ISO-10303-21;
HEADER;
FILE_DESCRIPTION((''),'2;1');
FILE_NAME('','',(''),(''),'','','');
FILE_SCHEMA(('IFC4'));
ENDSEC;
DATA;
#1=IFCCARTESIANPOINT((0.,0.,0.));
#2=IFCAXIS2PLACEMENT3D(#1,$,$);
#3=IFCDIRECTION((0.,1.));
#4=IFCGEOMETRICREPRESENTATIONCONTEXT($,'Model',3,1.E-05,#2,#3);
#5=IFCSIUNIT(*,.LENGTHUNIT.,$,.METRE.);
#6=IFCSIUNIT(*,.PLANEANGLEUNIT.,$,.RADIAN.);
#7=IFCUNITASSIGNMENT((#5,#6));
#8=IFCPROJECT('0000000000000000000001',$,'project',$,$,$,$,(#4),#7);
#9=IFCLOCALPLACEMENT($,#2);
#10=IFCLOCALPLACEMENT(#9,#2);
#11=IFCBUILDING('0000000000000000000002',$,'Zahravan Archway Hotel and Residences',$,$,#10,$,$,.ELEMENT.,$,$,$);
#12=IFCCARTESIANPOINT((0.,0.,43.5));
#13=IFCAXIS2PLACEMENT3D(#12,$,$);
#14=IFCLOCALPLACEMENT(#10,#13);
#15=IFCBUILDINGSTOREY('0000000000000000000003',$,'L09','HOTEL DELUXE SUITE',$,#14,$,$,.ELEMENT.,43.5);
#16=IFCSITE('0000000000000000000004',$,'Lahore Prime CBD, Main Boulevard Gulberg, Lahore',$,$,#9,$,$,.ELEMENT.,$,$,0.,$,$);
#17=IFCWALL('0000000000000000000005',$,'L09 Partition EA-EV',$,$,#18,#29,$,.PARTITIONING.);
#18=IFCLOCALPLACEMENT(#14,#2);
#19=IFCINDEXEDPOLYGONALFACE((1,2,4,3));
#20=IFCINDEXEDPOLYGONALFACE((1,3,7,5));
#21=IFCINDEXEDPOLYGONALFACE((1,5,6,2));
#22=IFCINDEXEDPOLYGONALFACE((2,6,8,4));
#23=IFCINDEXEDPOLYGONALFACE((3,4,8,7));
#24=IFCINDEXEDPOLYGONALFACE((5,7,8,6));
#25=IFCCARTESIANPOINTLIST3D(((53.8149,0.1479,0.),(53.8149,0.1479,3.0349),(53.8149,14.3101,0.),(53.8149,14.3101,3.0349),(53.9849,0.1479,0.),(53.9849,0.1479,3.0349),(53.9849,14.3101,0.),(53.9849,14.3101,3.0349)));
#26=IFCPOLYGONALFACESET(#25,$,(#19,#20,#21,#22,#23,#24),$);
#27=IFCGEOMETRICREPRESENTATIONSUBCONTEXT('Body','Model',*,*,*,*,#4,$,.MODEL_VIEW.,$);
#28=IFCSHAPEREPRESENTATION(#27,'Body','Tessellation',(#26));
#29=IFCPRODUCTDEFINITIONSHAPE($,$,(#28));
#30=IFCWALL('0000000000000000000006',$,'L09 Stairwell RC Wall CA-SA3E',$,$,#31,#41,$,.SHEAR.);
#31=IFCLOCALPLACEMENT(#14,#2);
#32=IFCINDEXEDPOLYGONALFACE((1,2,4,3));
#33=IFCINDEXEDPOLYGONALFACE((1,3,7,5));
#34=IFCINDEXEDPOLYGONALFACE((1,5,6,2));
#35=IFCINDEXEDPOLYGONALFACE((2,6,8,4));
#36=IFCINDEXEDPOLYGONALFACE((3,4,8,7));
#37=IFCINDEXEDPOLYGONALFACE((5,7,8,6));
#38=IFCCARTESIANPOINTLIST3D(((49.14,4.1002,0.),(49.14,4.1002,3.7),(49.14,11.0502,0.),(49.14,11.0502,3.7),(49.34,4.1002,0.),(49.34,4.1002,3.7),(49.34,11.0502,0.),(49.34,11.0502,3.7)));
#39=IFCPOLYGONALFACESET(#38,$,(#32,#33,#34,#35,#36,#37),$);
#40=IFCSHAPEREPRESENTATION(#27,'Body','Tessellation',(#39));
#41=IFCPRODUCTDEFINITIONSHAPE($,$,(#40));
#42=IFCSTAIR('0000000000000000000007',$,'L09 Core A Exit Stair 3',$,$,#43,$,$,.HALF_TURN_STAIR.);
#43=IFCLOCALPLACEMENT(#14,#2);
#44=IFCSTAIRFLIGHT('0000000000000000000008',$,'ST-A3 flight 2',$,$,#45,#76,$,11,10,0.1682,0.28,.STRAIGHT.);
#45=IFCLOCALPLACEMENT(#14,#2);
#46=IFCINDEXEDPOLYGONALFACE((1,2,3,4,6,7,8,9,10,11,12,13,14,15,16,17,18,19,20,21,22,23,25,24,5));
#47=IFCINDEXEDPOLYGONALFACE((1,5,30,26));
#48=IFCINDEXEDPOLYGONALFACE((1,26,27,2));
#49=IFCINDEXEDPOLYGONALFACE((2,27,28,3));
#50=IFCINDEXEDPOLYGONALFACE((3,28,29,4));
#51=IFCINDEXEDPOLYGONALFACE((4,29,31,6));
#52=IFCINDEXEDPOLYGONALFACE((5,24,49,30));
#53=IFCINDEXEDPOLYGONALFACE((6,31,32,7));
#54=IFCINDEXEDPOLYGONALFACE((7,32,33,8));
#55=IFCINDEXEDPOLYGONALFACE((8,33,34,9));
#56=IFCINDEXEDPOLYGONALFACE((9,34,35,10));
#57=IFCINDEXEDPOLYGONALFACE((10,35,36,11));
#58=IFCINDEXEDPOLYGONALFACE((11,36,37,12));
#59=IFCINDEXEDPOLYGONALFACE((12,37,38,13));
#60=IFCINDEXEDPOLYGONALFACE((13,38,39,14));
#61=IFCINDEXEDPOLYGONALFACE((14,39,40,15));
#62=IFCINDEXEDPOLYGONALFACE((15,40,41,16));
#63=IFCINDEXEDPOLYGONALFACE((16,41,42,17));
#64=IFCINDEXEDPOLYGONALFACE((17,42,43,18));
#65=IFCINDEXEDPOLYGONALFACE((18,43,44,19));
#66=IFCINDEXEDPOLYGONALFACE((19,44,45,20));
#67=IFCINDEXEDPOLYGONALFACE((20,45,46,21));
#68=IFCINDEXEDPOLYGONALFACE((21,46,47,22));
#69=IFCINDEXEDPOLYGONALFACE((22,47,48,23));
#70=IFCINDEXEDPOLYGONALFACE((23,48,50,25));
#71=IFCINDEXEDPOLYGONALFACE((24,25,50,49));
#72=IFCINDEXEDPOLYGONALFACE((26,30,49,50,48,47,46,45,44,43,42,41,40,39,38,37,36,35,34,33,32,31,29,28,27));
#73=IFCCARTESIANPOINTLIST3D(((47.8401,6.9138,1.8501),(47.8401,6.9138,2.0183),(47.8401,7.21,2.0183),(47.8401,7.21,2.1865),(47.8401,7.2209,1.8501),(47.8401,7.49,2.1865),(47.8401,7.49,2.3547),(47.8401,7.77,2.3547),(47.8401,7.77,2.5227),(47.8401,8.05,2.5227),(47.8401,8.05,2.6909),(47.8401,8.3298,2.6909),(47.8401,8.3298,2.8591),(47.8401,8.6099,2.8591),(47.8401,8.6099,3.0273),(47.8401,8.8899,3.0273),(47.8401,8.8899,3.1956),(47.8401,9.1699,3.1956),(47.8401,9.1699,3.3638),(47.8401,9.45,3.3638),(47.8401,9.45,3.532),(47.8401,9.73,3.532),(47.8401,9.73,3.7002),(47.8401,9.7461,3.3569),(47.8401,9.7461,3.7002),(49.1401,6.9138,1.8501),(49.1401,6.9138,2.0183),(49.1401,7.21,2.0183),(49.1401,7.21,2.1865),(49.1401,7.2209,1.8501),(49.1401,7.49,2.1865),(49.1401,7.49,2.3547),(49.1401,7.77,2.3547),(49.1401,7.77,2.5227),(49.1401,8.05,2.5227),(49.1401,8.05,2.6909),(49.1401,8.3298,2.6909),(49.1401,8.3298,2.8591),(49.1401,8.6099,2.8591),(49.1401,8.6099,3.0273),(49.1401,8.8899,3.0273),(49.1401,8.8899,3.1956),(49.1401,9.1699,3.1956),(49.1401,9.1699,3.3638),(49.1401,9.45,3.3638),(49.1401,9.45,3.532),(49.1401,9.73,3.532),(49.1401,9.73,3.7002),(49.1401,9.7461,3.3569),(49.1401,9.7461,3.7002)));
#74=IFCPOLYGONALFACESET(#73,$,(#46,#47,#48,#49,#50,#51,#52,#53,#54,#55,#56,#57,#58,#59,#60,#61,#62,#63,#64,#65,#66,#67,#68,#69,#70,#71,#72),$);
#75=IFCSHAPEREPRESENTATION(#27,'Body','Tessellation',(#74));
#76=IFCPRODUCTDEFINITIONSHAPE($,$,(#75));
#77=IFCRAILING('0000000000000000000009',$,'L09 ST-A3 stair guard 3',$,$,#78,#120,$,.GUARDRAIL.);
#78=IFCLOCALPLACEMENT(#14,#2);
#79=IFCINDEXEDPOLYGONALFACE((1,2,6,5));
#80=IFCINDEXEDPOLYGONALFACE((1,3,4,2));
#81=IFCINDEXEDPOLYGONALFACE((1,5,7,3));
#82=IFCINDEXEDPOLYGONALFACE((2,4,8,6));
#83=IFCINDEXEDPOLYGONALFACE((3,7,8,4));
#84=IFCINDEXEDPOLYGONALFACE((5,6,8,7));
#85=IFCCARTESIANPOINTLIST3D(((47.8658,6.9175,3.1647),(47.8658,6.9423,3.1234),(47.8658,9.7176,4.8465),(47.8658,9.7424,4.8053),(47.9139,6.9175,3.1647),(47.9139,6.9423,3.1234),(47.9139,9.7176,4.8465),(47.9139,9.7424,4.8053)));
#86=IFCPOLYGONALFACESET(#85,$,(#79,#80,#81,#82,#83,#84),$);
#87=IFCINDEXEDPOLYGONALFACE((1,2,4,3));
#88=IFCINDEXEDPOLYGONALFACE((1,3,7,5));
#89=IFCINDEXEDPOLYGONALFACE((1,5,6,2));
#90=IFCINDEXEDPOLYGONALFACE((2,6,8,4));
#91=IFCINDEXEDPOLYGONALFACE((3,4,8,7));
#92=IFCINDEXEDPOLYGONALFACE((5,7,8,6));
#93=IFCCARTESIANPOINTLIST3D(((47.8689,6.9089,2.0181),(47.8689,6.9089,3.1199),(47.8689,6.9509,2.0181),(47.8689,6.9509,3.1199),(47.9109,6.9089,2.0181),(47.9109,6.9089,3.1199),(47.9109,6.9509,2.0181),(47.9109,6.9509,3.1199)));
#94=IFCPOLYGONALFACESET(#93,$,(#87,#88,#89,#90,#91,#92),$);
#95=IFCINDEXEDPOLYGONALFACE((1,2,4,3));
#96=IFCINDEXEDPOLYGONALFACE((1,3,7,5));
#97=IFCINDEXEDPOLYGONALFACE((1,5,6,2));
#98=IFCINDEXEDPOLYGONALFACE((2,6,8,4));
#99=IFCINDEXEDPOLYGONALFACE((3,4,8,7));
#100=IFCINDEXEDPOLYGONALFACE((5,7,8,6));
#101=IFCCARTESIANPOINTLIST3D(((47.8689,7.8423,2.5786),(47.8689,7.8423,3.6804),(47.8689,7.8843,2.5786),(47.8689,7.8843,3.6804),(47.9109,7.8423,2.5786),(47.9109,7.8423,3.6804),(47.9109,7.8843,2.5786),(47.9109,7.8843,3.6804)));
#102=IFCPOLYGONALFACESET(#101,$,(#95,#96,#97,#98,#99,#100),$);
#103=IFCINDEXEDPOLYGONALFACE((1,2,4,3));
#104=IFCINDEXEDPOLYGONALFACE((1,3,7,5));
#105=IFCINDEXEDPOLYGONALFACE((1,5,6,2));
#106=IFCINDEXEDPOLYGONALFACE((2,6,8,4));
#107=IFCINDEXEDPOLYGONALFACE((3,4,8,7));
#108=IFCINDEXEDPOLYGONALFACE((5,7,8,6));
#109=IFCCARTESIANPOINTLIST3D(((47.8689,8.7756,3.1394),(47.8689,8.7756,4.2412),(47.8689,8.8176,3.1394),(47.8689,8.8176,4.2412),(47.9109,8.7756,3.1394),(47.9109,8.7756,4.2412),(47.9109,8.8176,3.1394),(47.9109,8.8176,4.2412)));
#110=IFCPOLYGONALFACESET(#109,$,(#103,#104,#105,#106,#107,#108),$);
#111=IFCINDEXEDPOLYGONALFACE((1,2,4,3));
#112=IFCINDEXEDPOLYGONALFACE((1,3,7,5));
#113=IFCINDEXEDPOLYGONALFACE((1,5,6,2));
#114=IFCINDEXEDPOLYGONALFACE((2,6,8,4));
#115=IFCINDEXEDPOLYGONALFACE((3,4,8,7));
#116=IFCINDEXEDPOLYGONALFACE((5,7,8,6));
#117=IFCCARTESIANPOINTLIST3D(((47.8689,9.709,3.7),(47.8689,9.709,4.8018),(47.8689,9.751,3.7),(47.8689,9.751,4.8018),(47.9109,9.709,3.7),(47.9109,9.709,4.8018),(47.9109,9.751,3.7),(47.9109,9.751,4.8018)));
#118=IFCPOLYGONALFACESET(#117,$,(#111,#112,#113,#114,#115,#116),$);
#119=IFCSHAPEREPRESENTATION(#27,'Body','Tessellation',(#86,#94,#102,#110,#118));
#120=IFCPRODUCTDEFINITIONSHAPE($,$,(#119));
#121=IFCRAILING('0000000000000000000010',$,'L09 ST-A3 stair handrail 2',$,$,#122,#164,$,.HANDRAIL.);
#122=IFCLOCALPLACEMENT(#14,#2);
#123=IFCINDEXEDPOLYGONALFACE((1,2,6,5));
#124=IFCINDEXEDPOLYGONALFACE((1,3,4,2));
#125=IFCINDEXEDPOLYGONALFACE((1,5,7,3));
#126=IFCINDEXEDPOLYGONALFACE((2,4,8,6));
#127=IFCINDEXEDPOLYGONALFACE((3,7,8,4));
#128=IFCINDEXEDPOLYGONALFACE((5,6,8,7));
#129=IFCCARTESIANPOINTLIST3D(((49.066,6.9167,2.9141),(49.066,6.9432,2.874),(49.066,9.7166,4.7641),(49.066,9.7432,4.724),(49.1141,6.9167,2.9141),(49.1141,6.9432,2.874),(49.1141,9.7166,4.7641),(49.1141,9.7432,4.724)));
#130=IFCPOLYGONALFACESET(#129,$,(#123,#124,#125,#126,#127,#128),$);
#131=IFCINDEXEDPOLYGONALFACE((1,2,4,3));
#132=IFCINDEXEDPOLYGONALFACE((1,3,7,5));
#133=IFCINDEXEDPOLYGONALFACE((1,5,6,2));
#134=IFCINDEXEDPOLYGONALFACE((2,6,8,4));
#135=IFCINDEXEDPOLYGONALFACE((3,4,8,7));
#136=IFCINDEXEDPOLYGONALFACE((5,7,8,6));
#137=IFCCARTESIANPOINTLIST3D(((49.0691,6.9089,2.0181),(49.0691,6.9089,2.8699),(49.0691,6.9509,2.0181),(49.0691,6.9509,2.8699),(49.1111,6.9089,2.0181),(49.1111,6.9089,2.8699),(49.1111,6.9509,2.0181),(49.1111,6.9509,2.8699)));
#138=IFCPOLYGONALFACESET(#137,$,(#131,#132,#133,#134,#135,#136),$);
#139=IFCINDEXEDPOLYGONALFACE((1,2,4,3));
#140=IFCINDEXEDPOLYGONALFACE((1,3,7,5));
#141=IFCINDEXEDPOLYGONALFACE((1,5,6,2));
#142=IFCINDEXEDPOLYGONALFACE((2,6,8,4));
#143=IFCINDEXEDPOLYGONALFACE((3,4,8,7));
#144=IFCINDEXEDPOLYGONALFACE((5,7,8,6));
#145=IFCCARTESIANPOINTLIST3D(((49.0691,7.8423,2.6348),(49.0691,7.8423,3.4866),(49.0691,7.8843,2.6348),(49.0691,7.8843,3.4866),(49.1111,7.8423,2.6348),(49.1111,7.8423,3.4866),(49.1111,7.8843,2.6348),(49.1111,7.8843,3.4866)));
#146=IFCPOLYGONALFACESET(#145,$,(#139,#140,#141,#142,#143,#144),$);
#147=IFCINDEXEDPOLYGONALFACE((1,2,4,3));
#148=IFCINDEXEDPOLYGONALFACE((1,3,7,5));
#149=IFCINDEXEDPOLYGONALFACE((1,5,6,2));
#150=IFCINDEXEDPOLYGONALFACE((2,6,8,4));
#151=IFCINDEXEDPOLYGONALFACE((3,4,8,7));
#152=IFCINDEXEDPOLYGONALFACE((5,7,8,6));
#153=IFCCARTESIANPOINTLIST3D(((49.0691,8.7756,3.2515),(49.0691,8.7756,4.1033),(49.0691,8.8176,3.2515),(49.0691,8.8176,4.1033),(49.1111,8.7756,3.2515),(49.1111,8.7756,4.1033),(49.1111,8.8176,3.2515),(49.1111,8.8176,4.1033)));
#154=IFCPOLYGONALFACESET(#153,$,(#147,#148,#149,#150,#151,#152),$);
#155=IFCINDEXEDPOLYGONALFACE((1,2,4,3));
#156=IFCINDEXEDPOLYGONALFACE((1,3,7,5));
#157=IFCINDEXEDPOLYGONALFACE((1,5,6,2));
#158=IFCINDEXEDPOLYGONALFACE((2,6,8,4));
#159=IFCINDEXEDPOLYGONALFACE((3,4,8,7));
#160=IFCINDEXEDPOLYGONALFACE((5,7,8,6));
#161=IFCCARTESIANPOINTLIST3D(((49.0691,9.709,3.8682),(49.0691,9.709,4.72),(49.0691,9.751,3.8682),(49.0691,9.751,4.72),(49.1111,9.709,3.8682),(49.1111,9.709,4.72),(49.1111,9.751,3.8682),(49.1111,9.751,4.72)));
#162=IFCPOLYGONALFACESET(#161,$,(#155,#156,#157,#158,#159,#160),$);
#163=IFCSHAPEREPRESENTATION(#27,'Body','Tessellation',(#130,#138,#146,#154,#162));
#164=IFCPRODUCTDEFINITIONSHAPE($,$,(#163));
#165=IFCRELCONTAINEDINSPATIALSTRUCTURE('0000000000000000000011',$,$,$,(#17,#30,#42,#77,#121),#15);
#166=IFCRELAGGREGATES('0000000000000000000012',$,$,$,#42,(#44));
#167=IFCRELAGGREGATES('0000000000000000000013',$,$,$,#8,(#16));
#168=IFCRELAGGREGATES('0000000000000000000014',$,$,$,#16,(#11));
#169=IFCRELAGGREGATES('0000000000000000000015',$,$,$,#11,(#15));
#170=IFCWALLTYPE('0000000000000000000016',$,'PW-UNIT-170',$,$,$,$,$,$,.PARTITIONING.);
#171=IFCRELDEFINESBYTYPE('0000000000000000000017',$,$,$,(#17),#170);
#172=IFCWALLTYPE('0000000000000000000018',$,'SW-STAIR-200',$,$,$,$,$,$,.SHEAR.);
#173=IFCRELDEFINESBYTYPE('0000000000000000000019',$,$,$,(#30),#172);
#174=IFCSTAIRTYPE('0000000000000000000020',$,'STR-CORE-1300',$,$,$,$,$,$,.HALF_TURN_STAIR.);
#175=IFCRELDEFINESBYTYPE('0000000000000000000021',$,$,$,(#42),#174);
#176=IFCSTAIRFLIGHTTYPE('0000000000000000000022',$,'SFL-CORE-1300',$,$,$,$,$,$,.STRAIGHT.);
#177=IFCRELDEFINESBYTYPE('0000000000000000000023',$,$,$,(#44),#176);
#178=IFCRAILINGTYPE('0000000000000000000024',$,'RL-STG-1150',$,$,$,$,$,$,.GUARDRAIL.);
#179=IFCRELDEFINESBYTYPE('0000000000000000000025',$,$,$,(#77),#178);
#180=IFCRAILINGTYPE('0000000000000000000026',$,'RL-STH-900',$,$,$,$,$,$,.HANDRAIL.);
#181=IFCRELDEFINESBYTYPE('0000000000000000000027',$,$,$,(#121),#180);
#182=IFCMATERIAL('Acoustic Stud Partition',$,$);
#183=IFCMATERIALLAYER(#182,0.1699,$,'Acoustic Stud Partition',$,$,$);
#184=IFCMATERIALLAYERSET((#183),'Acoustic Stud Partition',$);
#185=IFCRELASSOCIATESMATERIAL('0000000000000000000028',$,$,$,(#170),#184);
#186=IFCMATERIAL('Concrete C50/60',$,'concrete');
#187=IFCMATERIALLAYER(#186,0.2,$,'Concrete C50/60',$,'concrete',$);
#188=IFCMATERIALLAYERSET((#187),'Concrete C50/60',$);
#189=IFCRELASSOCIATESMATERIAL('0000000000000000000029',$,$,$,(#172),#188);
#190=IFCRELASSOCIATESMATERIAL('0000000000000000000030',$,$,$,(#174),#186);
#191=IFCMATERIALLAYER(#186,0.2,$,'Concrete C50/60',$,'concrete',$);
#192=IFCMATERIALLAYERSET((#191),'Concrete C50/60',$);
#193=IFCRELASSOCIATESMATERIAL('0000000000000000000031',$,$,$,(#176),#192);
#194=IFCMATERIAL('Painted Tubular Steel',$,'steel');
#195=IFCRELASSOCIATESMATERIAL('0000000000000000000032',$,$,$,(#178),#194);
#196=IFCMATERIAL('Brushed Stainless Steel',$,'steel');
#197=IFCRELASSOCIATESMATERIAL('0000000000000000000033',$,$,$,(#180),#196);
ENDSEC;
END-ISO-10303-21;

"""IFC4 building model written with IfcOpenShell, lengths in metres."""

from ifc_helpers import new_model, si_unit, direction, frame, frame_2d, origin, origin_2d, place, context, subcontext, project, spatial, polyline, rectangle, outline, extrude, source, transform, mapped, material, layer, layer_set, type_object, element, aggregate, save


model = new_model("IFC4")

# Units and contexts
model_context = context("Model", 3, precision=1e-05, world=origin(), true_north=direction((0.0, 1.0)))
body_context = subcontext(model_context, "Body", "Model", "MODEL_VIEW")
ifc_project = project(units=[si_unit("LENGTHUNIT", "METRE"), si_unit("PLANEANGLEUNIT", "RADIAN")], contexts=[model_context])

# Site, building, storey
site_placement = place(None, origin())
site = spatial("IfcSite", under=ifc_project, at=site_placement, Name="Lahore Prime CBD, Main Boulevard Gulberg, Lahore", CompositionType="ELEMENT", RefElevation=0.0)
building_placement = place(site_placement, origin())
building = spatial("IfcBuilding", under=site, at=building_placement, Name="Zahravan Archway Hotel and Residences", CompositionType="ELEMENT")
storey_placement = place(building_placement, frame((0.0, 0.0, 43.5)))
storey = spatial("IfcBuildingStorey", under=building, at=storey_placement, Name="L09", Description="HOTEL DELUXE SUITE", CompositionType="ELEMENT", Elevation=43.5)

# Walls
ifc_material_1 = material(Name="Acoustic Stud Partition")
ifc_layer_1 = layer(ifc_material_1, 0.1699, Name="Acoustic Stud Partition")
ifc_layer_set_1 = layer_set([ifc_layer_1], Name="Acoustic Stud Partition")
wall_type_1 = type_object("IfcWallType", Name="PW-UNIT-170", PredefinedType="PARTITIONING", material=ifc_layer_set_1)
wall_1_placement = place(storey_placement, frame((53.8999, 0.1479, 0.0), z_axis=(0.0, 0.0, 1.0), x_axis=(0.0, 1.0, 0.0)))
element("IfcWall", 1, at=wall_1_placement, inside=storey, type_object=wall_type_1, Name="L09 Partition EA-EV", PredefinedType="PARTITIONING", context=body_context, shape_type="SweptSolid", body=[
    extrude(rectangle(XDim=14.1621, YDim=0.1699, at=frame_2d((7.0811, 0.0))), origin(), (0.0, 0.0, 1.0), 3.0349),
])
ifc_material_2 = material(Name="Concrete C50/60", Category="concrete")
ifc_layer_2 = layer(ifc_material_2, 0.2, Name="Concrete C50/60", Category="concrete")
ifc_layer_set_2 = layer_set([ifc_layer_2], Name="Concrete C50/60")
wall_type_2 = type_object("IfcWallType", Name="SW-STAIR-200", PredefinedType="SHEAR", material=ifc_layer_set_2)
wall_2_placement = place(storey_placement, frame((49.24, 4.1001, 0.0), z_axis=(0.0, 0.0, 1.0), x_axis=(0.0, 1.0, 0.0)))
element("IfcWall", 2, at=wall_2_placement, inside=storey, type_object=wall_type_2, Name="L09 Stairwell RC Wall CA-SA3E", PredefinedType="SHEAR", context=body_context, shape_type="SweptSolid", body=[
    extrude(rectangle(XDim=6.95, YDim=0.2, at=frame_2d((3.4751, 0.0))), origin(), (0.0, 0.0, 1.0), 3.7),
])

# Stair, stair flight
stair_type = type_object("IfcStairType", Name="STR-CORE-1300", PredefinedType="HALF_TURN_STAIR", material=ifc_material_2)
stair_placement = place(storey_placement, origin())
stair = element("IfcStair", 3, at=stair_placement, inside=storey, type_object=stair_type, Name="L09 Core A Exit Stair 3", PredefinedType="HALF_TURN_STAIR")
ifc_layer_3 = layer(ifc_material_2, 0.2, Name="Concrete C50/60", Category="concrete")
ifc_layer_set_3 = layer_set([ifc_layer_3], Name="Concrete C50/60")
stair_flight_type = type_object("IfcStairFlightType", Name="SFL-CORE-1300", PredefinedType="STRAIGHT", material=ifc_layer_set_3)
shared_shape_1 = source(origin(), body_context, "Body", "SweptSolid", [
    extrude(outline(polyline([(-0.0161, 0.0), (-0.0161, 0.1682), (0.28, 0.1682), (0.28, 0.3364), (0.5601, 0.3364), (0.5601, 0.5046), (0.8401, 0.5046), (0.8401, 0.6726), (1.1201, 0.6726), (1.1201, 0.8408), (1.3999, 0.8408), (1.3999, 1.009), (1.6799, 1.009), (1.6799, 1.1772), (1.96, 1.1772), (1.96, 1.3455), (2.24, 1.3455), (2.24, 1.5137), (2.52, 1.5137), (2.52, 1.6819), (2.8, 1.6819), (2.8, 1.8501), (2.8162, 1.8501), (2.8162, 1.5068), (0.291, 0.0), (-0.0161, 0.0)])), frame((0.0, 0.6499, 0.0), z_axis=(0.0, -1.0, 0.0), x_axis=(1.0, 0.0, 0.0)), (0.0, 0.0, 1.0), 1.3),
])
stair_flight_placement = place(storey_placement, frame((48.49, 6.9299, 1.8501), z_axis=(0.0, 0.0, 1.0), x_axis=(0.0, 1.0, 0.0)))
stair_flight = element("IfcStairFlight", 4, at=stair_flight_placement, type_object=stair_flight_type, Name="ST-A3 flight 2", NumberOfRisers=11, NumberOfTreads=10, PredefinedType="STRAIGHT", RiserHeight=0.1682, TreadLength=0.28, context=body_context, shape_type="MappedRepresentation", body=[
    mapped(shared_shape_1, transform((0.0, 0.0, 0.0), scale=1.0)),
])
aggregate(stair, [stair_flight])

# Railings
ifc_material_3 = material(Name="Painted Tubular Steel", Category="steel")
railing_type_1 = type_object("IfcRailingType", Name="RL-STG-1150", PredefinedType="GUARDRAIL", material=ifc_material_3)
railing_1_placement = place(storey_placement, frame((47.8899, 6.9299, 2.0181)))
element("IfcRailing", 5, at=railing_1_placement, inside=storey, type_object=railing_type_1, Name="L09 ST-A3 stair guard 3", PredefinedType="GUARDRAIL", context=body_context, shape_type="SweptSolid", body=[
    extrude(rectangle(XDim=0.0481, YDim=0.0481, at=origin_2d()), frame((0.0, 0.0, 1.126), z_axis=(0.0, 0.857242, 0.514913), x_axis=(-1.0, 0.0, 0.0)), (0.0, 0.0, 1.0), 3.2664),
    extrude(rectangle(XDim=0.042, YDim=0.042, at=origin_2d()), origin(), (0.0, 0.0, 1.0), 1.1018),
    extrude(rectangle(XDim=0.042, YDim=0.042, at=origin_2d()), frame((0.0, 0.9333, 0.5605)), (0.0, 0.0, 1.0), 1.1018),
    extrude(rectangle(XDim=0.042, YDim=0.042, at=origin_2d()), frame((0.0, 1.8667, 1.1213)), (0.0, 0.0, 1.0), 1.1018),
    extrude(rectangle(XDim=0.042, YDim=0.042, at=origin_2d()), frame((0.0, 2.8, 1.6819)), (0.0, 0.0, 1.0), 1.1018),
])
ifc_material_4 = material(Name="Brushed Stainless Steel", Category="steel")
railing_type_2 = type_object("IfcRailingType", Name="RL-STH-900", PredefinedType="HANDRAIL", material=ifc_material_4)
railing_2_placement = place(storey_placement, frame((49.0901, 6.9299, 2.0181)))
element("IfcRailing", 6, at=railing_2_placement, inside=storey, type_object=railing_type_2, Name="L09 ST-A3 stair handrail 2", PredefinedType="HANDRAIL", context=body_context, shape_type="SweptSolid", body=[
    extrude(rectangle(XDim=0.0481, YDim=0.0481, at=origin_2d()), frame((0.0, 0.0, 0.876), z_axis=(0.0, 0.834326, 0.551271), x_axis=(-1.0, 0.0, 0.0)), (0.0, 0.0, 1.0), 3.356),
    extrude(rectangle(XDim=0.042, YDim=0.042, at=origin_2d()), origin(), (0.0, 0.0, 1.0), 0.8518),
    extrude(rectangle(XDim=0.042, YDim=0.042, at=origin_2d()), frame((0.0, 0.9333, 0.6167)), (0.0, 0.0, 1.0), 0.8518),
    extrude(rectangle(XDim=0.042, YDim=0.042, at=origin_2d()), frame((0.0, 1.8667, 1.2334)), (0.0, 0.0, 1.0), 0.8518),
    extrude(rectangle(XDim=0.042, YDim=0.042, at=origin_2d()), frame((0.0, 2.8, 1.8501)), (0.0, 0.0, 1.0), 0.8518),
])

save(model, "model.ifc")
